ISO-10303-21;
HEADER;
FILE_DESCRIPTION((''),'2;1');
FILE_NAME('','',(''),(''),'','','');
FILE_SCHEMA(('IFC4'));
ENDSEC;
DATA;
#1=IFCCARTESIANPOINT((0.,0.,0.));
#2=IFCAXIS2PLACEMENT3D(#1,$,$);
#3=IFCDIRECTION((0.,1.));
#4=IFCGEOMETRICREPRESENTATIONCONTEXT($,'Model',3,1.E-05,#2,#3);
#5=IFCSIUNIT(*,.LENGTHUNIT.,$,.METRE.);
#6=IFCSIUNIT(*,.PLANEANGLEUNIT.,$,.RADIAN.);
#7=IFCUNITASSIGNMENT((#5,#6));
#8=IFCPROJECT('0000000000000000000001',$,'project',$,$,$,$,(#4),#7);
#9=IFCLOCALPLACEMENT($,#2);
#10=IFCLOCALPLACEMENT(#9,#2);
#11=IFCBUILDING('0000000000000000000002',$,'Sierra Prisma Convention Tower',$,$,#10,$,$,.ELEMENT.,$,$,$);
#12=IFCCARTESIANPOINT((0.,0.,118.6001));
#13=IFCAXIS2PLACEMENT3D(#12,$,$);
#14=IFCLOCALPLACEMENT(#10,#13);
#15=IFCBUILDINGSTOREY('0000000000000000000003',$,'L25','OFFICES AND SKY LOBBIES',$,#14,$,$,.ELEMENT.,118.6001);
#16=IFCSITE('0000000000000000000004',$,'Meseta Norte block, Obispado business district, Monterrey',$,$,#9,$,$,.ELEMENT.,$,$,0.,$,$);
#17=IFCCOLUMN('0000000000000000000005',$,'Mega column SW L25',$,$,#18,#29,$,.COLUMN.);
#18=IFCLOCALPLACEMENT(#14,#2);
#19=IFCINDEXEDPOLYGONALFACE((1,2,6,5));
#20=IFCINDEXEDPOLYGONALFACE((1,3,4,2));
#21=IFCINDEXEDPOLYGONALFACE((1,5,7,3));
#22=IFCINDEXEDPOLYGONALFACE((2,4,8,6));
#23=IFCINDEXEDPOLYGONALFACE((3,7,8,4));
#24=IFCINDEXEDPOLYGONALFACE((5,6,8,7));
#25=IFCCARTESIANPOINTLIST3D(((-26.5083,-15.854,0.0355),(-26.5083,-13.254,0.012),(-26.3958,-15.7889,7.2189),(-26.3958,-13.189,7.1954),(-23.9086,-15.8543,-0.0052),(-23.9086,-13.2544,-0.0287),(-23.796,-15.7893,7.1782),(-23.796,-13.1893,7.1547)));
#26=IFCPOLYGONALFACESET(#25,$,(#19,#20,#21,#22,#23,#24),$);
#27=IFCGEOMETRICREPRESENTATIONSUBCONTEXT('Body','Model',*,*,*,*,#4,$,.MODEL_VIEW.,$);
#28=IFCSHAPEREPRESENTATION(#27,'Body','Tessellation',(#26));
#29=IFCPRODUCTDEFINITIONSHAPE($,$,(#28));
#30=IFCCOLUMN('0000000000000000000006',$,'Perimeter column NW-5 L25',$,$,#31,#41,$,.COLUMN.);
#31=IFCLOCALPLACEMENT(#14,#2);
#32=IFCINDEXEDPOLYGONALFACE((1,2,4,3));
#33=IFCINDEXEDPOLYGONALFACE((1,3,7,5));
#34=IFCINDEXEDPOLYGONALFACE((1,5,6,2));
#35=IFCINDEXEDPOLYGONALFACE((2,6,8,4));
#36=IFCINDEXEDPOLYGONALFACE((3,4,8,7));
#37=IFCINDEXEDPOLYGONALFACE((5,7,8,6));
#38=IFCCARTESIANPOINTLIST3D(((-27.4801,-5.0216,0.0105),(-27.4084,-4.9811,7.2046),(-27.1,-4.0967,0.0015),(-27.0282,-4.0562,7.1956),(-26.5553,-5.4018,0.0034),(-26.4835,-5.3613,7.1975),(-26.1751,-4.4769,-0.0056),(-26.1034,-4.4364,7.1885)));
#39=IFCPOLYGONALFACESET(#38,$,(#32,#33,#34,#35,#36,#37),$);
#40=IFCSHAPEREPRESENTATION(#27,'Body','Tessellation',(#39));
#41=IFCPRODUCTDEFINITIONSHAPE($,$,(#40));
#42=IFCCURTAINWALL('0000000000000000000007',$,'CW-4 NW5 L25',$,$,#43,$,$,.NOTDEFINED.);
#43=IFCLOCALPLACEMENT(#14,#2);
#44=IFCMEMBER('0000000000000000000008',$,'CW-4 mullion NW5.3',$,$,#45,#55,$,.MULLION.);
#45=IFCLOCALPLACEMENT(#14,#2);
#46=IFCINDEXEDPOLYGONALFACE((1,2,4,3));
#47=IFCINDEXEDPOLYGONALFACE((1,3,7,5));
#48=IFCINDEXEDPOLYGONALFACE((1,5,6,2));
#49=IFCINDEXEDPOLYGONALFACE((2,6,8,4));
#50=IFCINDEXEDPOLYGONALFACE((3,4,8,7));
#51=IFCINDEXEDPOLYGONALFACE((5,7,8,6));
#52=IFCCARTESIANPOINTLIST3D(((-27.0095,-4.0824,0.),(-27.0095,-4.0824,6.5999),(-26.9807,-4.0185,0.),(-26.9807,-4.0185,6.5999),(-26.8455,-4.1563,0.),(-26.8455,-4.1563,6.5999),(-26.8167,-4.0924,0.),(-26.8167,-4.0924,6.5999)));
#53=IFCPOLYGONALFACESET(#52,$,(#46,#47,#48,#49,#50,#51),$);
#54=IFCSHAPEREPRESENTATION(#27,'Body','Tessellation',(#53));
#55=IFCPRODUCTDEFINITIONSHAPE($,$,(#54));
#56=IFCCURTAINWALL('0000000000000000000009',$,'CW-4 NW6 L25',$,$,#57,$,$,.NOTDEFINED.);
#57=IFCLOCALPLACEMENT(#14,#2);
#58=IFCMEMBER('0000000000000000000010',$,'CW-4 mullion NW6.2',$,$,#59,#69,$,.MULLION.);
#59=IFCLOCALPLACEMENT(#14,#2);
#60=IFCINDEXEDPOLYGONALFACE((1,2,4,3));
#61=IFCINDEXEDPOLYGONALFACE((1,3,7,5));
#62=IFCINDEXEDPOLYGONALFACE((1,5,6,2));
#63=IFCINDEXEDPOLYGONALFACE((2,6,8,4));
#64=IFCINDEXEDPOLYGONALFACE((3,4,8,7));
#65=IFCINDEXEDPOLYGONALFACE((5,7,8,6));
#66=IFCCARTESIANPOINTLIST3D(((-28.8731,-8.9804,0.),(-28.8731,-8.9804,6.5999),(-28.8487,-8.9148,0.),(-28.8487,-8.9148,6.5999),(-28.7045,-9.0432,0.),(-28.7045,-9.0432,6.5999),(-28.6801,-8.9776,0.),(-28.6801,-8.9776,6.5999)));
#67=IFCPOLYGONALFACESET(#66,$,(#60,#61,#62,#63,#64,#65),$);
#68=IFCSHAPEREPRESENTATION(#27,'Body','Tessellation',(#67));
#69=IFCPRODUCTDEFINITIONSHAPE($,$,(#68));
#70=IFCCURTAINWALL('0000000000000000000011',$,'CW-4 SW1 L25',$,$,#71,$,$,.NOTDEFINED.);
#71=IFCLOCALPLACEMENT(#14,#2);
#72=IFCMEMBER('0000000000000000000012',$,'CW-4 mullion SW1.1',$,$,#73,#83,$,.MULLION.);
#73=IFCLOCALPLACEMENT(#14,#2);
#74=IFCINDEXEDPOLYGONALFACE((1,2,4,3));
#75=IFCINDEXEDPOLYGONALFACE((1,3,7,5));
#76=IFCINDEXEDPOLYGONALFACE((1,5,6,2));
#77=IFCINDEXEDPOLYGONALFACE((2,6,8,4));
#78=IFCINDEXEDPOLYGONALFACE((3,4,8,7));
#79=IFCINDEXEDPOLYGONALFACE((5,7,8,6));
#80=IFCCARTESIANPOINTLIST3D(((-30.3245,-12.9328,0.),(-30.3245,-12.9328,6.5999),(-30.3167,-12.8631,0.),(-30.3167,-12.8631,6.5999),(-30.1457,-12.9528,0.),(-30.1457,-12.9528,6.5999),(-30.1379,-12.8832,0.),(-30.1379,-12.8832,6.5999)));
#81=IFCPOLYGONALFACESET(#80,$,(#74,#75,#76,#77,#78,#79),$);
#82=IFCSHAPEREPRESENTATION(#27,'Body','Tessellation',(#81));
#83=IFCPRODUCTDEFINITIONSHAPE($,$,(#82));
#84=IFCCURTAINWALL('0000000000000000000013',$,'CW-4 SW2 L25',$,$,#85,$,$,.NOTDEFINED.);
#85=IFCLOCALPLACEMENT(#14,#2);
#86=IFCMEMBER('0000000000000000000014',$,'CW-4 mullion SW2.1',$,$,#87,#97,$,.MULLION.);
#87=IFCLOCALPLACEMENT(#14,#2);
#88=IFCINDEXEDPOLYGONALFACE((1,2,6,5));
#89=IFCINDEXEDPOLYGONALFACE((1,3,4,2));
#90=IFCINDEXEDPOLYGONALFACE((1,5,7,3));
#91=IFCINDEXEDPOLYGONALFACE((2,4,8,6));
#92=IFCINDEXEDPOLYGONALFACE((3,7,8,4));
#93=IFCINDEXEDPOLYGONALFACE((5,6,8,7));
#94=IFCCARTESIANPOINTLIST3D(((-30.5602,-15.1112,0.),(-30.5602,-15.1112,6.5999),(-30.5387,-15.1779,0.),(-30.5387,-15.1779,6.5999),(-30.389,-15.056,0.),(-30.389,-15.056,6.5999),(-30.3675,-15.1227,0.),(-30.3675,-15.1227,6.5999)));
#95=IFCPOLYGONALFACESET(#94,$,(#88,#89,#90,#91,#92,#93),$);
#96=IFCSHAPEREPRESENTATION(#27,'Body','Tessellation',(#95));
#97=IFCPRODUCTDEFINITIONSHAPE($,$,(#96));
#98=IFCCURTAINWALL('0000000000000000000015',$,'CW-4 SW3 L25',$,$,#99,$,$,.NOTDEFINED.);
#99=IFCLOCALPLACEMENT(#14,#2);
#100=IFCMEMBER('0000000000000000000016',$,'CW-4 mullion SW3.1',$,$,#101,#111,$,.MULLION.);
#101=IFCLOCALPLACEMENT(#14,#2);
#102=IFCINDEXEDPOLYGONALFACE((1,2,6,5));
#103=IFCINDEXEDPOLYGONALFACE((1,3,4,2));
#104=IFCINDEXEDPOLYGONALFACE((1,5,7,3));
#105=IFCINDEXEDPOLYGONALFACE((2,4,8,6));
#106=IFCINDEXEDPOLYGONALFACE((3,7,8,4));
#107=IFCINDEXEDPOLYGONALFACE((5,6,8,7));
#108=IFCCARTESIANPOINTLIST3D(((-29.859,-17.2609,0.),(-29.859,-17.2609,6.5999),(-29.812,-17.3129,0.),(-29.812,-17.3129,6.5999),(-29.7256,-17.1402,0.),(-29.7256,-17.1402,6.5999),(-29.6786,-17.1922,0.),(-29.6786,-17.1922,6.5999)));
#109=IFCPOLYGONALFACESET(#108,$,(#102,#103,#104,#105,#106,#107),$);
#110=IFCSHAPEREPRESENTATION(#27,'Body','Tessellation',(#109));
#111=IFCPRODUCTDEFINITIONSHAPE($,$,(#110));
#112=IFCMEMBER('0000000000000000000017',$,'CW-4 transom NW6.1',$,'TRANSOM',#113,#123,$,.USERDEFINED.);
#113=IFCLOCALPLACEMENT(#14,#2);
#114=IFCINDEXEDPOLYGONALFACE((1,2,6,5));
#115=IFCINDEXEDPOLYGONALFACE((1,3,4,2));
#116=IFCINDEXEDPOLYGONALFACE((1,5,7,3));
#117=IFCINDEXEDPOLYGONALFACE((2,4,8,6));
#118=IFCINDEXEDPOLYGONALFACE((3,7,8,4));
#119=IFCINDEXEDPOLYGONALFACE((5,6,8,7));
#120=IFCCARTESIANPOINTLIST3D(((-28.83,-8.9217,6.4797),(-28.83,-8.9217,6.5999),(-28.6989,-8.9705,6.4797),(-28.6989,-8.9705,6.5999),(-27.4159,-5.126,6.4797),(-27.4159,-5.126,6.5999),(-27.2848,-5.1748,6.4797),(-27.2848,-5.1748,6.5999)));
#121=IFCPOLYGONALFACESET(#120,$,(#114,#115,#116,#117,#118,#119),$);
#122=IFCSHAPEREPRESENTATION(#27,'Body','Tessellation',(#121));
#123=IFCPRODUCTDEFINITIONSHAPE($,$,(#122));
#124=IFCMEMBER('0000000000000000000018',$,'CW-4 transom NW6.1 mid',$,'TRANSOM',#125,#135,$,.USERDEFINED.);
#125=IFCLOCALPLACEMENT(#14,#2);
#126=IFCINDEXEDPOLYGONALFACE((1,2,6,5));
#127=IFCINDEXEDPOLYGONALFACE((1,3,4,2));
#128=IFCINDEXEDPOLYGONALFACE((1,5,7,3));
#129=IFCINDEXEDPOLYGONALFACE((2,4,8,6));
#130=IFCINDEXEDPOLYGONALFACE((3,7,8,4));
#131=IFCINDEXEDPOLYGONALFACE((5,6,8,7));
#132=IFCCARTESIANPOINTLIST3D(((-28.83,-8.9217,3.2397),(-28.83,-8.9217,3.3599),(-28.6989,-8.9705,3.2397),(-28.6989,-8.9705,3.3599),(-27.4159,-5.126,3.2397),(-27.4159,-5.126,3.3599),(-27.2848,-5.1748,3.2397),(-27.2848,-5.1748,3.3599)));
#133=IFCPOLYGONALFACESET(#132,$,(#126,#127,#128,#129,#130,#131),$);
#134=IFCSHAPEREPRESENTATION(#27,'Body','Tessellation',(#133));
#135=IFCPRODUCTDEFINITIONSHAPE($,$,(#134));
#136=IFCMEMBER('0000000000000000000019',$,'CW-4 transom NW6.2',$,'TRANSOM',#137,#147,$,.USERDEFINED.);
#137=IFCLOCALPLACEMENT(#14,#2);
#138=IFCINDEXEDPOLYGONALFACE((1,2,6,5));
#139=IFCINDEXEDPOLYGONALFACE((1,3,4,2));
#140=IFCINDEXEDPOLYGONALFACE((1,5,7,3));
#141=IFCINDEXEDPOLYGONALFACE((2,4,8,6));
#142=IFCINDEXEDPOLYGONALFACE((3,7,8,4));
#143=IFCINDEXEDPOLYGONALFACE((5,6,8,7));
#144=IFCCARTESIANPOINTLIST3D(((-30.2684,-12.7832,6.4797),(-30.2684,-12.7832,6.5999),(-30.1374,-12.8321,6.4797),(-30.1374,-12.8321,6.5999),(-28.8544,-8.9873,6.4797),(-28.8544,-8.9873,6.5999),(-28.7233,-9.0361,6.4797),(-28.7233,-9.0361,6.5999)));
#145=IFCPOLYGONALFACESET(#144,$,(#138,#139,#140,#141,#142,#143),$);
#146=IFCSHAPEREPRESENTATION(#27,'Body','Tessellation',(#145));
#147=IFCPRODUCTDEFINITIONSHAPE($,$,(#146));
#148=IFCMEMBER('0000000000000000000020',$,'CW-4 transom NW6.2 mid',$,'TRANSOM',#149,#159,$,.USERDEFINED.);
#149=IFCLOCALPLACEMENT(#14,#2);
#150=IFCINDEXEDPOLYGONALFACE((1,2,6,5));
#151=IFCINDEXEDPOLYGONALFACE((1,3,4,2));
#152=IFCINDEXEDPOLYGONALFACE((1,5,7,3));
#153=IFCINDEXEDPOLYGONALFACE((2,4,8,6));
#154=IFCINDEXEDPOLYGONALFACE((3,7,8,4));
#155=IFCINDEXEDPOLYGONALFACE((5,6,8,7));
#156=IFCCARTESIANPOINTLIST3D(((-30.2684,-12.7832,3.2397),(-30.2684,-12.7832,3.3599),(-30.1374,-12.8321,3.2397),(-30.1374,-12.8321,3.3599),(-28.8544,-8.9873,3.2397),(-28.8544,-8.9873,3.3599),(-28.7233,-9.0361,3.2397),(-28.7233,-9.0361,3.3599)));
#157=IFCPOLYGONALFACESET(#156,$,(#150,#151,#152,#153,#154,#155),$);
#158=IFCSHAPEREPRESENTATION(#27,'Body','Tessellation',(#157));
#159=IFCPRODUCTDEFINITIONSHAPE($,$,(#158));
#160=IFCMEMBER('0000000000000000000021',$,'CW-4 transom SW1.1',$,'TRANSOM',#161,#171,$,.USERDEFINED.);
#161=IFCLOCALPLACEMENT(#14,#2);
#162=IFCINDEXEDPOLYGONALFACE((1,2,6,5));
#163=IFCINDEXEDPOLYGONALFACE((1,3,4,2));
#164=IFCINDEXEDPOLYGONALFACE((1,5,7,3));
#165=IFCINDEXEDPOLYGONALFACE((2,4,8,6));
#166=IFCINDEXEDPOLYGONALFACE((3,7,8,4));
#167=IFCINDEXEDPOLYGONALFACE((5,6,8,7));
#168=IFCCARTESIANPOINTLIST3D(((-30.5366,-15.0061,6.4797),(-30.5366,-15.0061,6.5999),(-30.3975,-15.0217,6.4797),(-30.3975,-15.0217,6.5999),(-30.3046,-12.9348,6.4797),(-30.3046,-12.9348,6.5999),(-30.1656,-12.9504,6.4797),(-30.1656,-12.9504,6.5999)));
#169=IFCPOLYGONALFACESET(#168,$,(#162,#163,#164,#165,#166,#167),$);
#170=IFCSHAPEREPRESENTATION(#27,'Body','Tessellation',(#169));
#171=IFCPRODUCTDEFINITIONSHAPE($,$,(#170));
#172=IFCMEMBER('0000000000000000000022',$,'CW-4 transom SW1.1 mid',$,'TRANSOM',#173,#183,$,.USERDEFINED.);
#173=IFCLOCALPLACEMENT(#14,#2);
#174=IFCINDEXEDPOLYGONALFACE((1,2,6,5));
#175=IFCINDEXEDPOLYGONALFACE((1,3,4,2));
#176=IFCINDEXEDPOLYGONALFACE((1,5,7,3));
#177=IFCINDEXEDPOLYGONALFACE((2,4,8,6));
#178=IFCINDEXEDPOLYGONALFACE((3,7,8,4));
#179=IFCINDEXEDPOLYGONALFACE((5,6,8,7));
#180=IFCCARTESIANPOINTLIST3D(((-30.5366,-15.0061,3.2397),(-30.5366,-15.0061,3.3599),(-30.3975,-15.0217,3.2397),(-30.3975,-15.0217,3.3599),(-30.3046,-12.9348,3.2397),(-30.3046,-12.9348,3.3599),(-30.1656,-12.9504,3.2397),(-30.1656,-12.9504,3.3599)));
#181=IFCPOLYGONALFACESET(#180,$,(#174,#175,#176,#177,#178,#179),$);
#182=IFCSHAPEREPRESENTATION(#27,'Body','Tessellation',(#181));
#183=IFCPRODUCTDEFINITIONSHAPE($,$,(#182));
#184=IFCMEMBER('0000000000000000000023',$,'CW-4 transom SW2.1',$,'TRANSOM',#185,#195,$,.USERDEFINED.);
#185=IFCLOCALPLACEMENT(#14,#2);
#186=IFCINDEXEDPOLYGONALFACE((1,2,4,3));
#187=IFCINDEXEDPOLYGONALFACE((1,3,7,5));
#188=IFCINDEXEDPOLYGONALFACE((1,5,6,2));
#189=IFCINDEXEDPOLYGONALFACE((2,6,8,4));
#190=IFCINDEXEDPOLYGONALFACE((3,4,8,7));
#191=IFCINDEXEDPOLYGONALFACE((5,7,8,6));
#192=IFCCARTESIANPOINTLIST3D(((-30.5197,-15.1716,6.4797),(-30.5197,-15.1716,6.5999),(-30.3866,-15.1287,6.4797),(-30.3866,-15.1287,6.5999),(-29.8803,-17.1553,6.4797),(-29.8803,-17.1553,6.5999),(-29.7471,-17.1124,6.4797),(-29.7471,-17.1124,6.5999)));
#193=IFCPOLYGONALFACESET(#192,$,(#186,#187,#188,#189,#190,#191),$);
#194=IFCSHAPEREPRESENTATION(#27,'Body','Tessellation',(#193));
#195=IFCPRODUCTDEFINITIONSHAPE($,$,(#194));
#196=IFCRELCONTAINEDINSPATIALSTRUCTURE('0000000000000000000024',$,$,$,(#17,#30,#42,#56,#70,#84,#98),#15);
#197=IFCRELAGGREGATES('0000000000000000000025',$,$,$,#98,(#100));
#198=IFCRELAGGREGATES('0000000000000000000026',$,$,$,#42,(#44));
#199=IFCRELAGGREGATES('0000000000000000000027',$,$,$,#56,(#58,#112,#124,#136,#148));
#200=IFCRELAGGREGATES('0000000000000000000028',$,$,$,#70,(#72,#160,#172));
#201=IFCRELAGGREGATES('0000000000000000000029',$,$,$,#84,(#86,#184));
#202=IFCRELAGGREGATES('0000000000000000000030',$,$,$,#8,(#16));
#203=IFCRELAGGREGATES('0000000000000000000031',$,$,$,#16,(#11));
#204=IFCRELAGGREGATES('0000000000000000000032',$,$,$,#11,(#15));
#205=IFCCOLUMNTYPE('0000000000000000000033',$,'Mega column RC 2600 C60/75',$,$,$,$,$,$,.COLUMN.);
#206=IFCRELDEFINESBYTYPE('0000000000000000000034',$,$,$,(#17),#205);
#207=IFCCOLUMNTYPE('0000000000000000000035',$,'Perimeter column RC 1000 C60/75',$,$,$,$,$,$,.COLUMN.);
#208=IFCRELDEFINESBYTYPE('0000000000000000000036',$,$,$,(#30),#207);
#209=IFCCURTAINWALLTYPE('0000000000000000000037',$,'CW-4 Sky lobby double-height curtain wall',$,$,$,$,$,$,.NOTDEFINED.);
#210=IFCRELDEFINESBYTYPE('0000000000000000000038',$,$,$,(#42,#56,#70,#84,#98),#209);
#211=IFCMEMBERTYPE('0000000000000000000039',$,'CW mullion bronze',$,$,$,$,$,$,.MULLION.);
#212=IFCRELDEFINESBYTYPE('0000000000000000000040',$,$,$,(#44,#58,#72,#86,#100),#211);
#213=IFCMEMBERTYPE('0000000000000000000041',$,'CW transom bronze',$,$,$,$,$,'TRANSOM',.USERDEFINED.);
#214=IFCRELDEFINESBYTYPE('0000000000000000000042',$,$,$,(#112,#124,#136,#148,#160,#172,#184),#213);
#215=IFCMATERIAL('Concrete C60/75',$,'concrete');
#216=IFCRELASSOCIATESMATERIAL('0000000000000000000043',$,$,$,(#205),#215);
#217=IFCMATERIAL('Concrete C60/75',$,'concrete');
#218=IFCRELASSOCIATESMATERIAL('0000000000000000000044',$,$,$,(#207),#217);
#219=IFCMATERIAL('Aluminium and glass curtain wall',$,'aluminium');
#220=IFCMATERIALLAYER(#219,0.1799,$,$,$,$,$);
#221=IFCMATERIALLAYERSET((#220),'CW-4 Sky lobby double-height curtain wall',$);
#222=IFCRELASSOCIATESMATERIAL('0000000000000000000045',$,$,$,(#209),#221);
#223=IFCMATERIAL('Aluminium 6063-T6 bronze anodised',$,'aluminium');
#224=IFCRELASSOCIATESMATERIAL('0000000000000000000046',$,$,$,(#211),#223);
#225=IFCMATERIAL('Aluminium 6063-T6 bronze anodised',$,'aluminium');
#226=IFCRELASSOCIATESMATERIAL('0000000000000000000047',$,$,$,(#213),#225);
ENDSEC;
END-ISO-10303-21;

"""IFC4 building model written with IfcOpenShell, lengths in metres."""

from ifc_helpers import new_model, si_unit, direction, frame, origin, origin_2d, place, context, subcontext, project, spatial, rectangle, extrude, clip, halfspace, material, layer, layer_set, material_profile, profile_set, type_object, element, aggregate, save


model = new_model("IFC4")

# Units and contexts
model_context = context("Model", 3, precision=1e-05, world=origin(), true_north=direction((0.0, 1.0)))
body_context = subcontext(model_context, "Body", "Model", "MODEL_VIEW")
ifc_project = project(units=[si_unit("LENGTHUNIT", "METRE"), si_unit("PLANEANGLEUNIT", "RADIAN")], contexts=[model_context])

# Site, building, storey
site_placement = place(None, origin())
site = spatial("IfcSite", under=ifc_project, at=site_placement, Name="Meseta Norte block, Obispado business district, Monterrey", CompositionType="ELEMENT", RefElevation=0.0)
building_placement = place(site_placement, origin())
building = spatial("IfcBuilding", under=site, at=building_placement, Name="Sierra Prisma Convention Tower", CompositionType="ELEMENT")
storey_placement = place(building_placement, frame((0.0, 0.0, 118.6001)))
storey = spatial("IfcBuildingStorey", under=building, at=storey_placement, Name="L25", Description="OFFICES AND SKY LOBBIES", CompositionType="ELEMENT", Elevation=118.6001)

# Columns
ifc_material_1 = material(Name="Concrete C60/75", Category="concrete")
ifc_material_profile_1 = material_profile(ifc_material_1, rectangle(XDim=2.6001, YDim=2.6001, at=origin_2d()), Name="Mega column RC 2600 C60/75")
ifc_profile_set_1 = profile_set([ifc_material_profile_1], Name="Concrete C60/75")
column_type_1 = type_object("IfcColumnType", Name="Mega column RC 2600 C60/75", PredefinedType="COLUMN", material=ifc_profile_set_1)
column_1_placement = place(storey_placement, frame((-25.2085, -14.5542, 0.0), z_axis=(0.015663, 0.009052, 0.999836), x_axis=(0.999877, -0.000142, -0.015663)))
element("IfcColumn", 1, at=column_1_placement, inside=storey, type_object=column_type_1, Name="Mega column SW L25", PredefinedType="COLUMN", context=body_context, shape_type="SweptSolid", body=[
    clip(clip(extrude(rectangle(XDim=2.6001, YDim=2.6001, at=origin_2d()), origin(), (0.0, 0.0, 1.0), 7.2012), halfspace(frame((0.0, 0.0, 0.0034)), True)), halfspace(frame((0.0, 0.0, 7.188)), False)),
])
ifc_material_2 = material(Name="Concrete C60/75", Category="concrete")
ifc_material_profile_2 = material_profile(ifc_material_2, rectangle(XDim=1.0, YDim=1.0, at=origin_2d()), Name="Perimeter column RC 1000 C60/75")
ifc_profile_set_2 = profile_set([ifc_material_profile_2], Name="Concrete C60/75")
column_type_2 = type_object("IfcColumnType", Name="Perimeter column RC 1000 C60/75", PredefinedType="COLUMN", material=ifc_profile_set_2)
column_2_placement = place(storey_placement, frame((-26.8276, -4.7493, 0.0), z_axis=(0.009968, 0.005628, 0.999934), x_axis=(0.380162, 0.924876, -0.008996)))
element("IfcColumn", 2, at=column_2_placement, inside=storey, type_object=column_type_2, Name="Perimeter column NW-5 L25", PredefinedType="COLUMN", context=body_context, shape_type="SweptSolid", body=[
    clip(clip(extrude(rectangle(XDim=1.0, YDim=1.0, at=origin_2d()), origin(), (0.0, 0.0, 1.0), 7.2004), halfspace(frame((0.0, 0.0, 0.0024)), True)), halfspace(frame((0.0, 0.0, 7.197)), False)),
])

# Curtain walls, members
ifc_material_3 = material(Name="Aluminium and glass curtain wall", Category="aluminium")
ifc_layer_1 = layer(ifc_material_3, 0.1799)
ifc_layer_set_1 = layer_set([ifc_layer_1], Name="CW-4 Sky lobby double-height curtain wall")
curtain_wall_type = type_object("IfcCurtainWallType", Name="CW-4 Sky lobby double-height curtain wall", PredefinedType="NOTDEFINED", material=ifc_layer_set_1)
curtain_wall_1_placement = place(storey_placement, origin())
curtain_wall_1 = element("IfcCurtainWall", 3, at=curtain_wall_1_placement, inside=storey, type_object=curtain_wall_type, Name="CW-4 NW5 L25", PredefinedType="NOTDEFINED")
ifc_material_4 = material(Name="Aluminium 6063-T6 bronze anodised", Category="aluminium")
ifc_material_profile_3 = material_profile(ifc_material_4, rectangle(XDim=0.1799, YDim=0.0701, at=origin_2d()), Name="ALU MULLION 70x180")
ifc_profile_set_3 = profile_set([ifc_material_profile_3], Name="Aluminium 6063-T6 bronze anodised")
member_type_1 = type_object("IfcMemberType", Name="CW mullion bronze", PredefinedType="MULLION", material=ifc_profile_set_3)
member_1_placement = place(storey_placement, frame((-26.9131, -4.0874, 0.0), z_axis=(0.0, 0.0, 1.0), x_axis=(0.9117, -0.410857, 0.0)))
member_1 = element("IfcMember", 4, at=member_1_placement, type_object=member_type_1, Name="CW-4 mullion NW5.3", PredefinedType="MULLION", context=body_context, shape_type="SweptSolid", body=[
    extrude(rectangle(XDim=0.1799, YDim=0.0701, at=origin_2d()), origin(), (0.0, 0.0, 1.0), 6.5999),
])
curtain_wall_2_placement = place(storey_placement, origin())
curtain_wall_2 = element("IfcCurtainWall", 5, at=curtain_wall_2_placement, inside=storey, type_object=curtain_wall_type, Name="CW-4 NW6 L25", PredefinedType="NOTDEFINED")
member_2_placement = place(storey_placement, frame((-28.7766, -8.979, 0.0), z_axis=(0.0, 0.0, 1.0), x_axis=(0.937092, -0.349082, 0.0)))
member_2 = element("IfcMember", 6, at=member_2_placement, type_object=member_type_1, Name="CW-4 mullion NW6.2", PredefinedType="MULLION", context=body_context, shape_type="SweptSolid", body=[
    extrude(rectangle(XDim=0.1799, YDim=0.0701, at=origin_2d()), origin(), (0.0, 0.0, 1.0), 6.5999),
])
curtain_wall_3_placement = place(storey_placement, origin())
curtain_wall_3 = element("IfcCurtainWall", 7, at=curtain_wall_3_placement, inside=storey, type_object=curtain_wall_type, Name="CW-4 SW1 L25", PredefinedType="NOTDEFINED")
member_3_placement = place(storey_placement, frame((-30.2312, -12.908, 0.0), z_axis=(0.0, 0.0, 1.0), x_axis=(0.993791, -0.111262, 0.0)))
member_3 = element("IfcMember", 8, at=member_3_placement, type_object=member_type_1, Name="CW-4 mullion SW1.1", PredefinedType="MULLION", context=body_context, shape_type="SweptSolid", body=[
    extrude(rectangle(XDim=0.1799, YDim=0.0701, at=origin_2d()), origin(), (0.0, 0.0, 1.0), 6.5999),
])
curtain_wall_4_placement = place(storey_placement, origin())
curtain_wall_4 = element("IfcCurtainWall", 9, at=curtain_wall_4_placement, inside=storey, type_object=curtain_wall_type, Name="CW-4 SW2 L25", PredefinedType="NOTDEFINED")
member_4_placement = place(storey_placement, frame((-30.4639, -15.1169, 0.0), z_axis=(0.0, 0.0, 1.0), x_axis=(0.951752, 0.306869, 0.0)))
member_4 = element("IfcMember", 10, at=member_4_placement, type_object=member_type_1, Name="CW-4 mullion SW2.1", PredefinedType="MULLION", context=body_context, shape_type="SweptSolid", body=[
    extrude(rectangle(XDim=0.1799, YDim=0.0701, at=origin_2d()), origin(), (0.0, 0.0, 1.0), 6.5999),
])
curtain_wall_5_placement = place(storey_placement, origin())
curtain_wall_5 = element("IfcCurtainWall", 11, at=curtain_wall_5_placement, inside=storey, type_object=curtain_wall_type, Name="CW-4 SW3 L25", PredefinedType="NOTDEFINED")
member_5_placement = place(storey_placement, frame((-29.7688, -17.2266, 0.0), z_axis=(0.0, 0.0, 1.0), x_axis=(0.741632, 0.670807, 0.0)))
member_5 = element("IfcMember", 12, at=member_5_placement, type_object=member_type_1, Name="CW-4 mullion SW3.1", PredefinedType="MULLION", context=body_context, shape_type="SweptSolid", body=[
    extrude(rectangle(XDim=0.1799, YDim=0.0701, at=origin_2d()), origin(), (0.0, 0.0, 1.0), 6.5999),
])
aggregate(curtain_wall_5, [member_5])

# Members
ifc_material_5 = material(Name="Aluminium 6063-T6 bronze anodised", Category="aluminium")
ifc_material_profile_4 = material_profile(ifc_material_5, rectangle(XDim=0.1399, YDim=0.1201, at=origin_2d()), Name="ALU TRANSOM 120x140")
ifc_profile_set_4 = profile_set([ifc_material_profile_4], Name="Aluminium 6063-T6 bronze anodised")
member_type_2 = type_object("IfcMemberType", Name="CW transom bronze", ElementType="TRANSOM", PredefinedType="USERDEFINED", material=ifc_profile_set_4)
member_6_placement = place(storey_placement, frame((-27.3503, -5.1504, 6.5398), z_axis=(-0.349108, -0.937083, 0.0), x_axis=(0.937083, -0.349108, 0.0)))
member_6 = element("IfcMember", 13, at=member_6_placement, type_object=member_type_2, Name="CW-4 transom NW6.1", ObjectType="TRANSOM", PredefinedType="USERDEFINED", context=body_context, shape_type="SweptSolid", body=[
    extrude(rectangle(XDim=0.1399, YDim=0.1201, at=origin_2d()), origin(), (0.0, 0.0, 1.0), 4.0505),
])
member_7_placement = place(storey_placement, frame((-27.3503, -5.1504, 3.2998), z_axis=(-0.349108, -0.937083, 0.0), x_axis=(0.937083, -0.349108, 0.0)))
member_7 = element("IfcMember", 14, at=member_7_placement, type_object=member_type_2, Name="CW-4 transom NW6.1 mid", ObjectType="TRANSOM", PredefinedType="USERDEFINED", context=body_context, shape_type="SweptSolid", body=[
    extrude(rectangle(XDim=0.1399, YDim=0.1201, at=origin_2d()), origin(), (0.0, 0.0, 1.0), 4.0505),
])
member_8_placement = place(storey_placement, frame((-28.7888, -9.0117, 6.5398), z_axis=(-0.349088, -0.93709, 0.0), x_axis=(0.93709, -0.349088, 0.0)))
member_8 = element("IfcMember", 15, at=member_8_placement, type_object=member_type_2, Name="CW-4 transom NW6.2", ObjectType="TRANSOM", PredefinedType="USERDEFINED", context=body_context, shape_type="SweptSolid", body=[
    extrude(rectangle(XDim=0.1399, YDim=0.1201, at=origin_2d()), origin(), (0.0, 0.0, 1.0), 4.0508),
])
member_9_placement = place(storey_placement, frame((-28.7888, -9.0117, 3.2998), z_axis=(-0.349088, -0.93709, 0.0), x_axis=(0.93709, -0.349088, 0.0)))
member_9 = element("IfcMember", 16, at=member_9_placement, type_object=member_type_2, Name="CW-4 transom NW6.2 mid", ObjectType="TRANSOM", PredefinedType="USERDEFINED", context=body_context, shape_type="SweptSolid", body=[
    extrude(rectangle(XDim=0.1399, YDim=0.1201, at=origin_2d()), origin(), (0.0, 0.0, 1.0), 4.0508),
])
member_10_placement = place(storey_placement, frame((-30.2351, -12.9426, 6.5398), z_axis=(-0.11128, -0.993789, 0.0), x_axis=(0.993789, -0.11128, 0.0)))
member_10 = element("IfcMember", 17, at=member_10_placement, type_object=member_type_2, Name="CW-4 transom SW1.1", ObjectType="TRANSOM", PredefinedType="USERDEFINED", context=body_context, shape_type="SweptSolid", body=[
    extrude(rectangle(XDim=0.1399, YDim=0.1201, at=origin_2d()), origin(), (0.0, 0.0, 1.0), 2.0842),
])
member_11_placement = place(storey_placement, frame((-30.2351, -12.9426, 3.2998), z_axis=(-0.11128, -0.993789, 0.0), x_axis=(0.993789, -0.11128, 0.0)))
member_11 = element("IfcMember", 18, at=member_11_placement, type_object=member_type_2, Name="CW-4 transom SW1.1 mid", ObjectType="TRANSOM", PredefinedType="USERDEFINED", context=body_context, shape_type="SweptSolid", body=[
    extrude(rectangle(XDim=0.1399, YDim=0.1201, at=origin_2d()), origin(), (0.0, 0.0, 1.0), 2.0842),
])
member_12_placement = place(storey_placement, frame((-30.4531, -15.1501, 6.5398), z_axis=(0.306794, -0.951776, 0.0), x_axis=(0.951776, 0.306794, 0.0)))
member_12 = element("IfcMember", 19, at=member_12_placement, type_object=member_type_2, Name="CW-4 transom SW2.1", ObjectType="TRANSOM", PredefinedType="USERDEFINED", context=body_context, shape_type="SweptSolid", body=[
    extrude(rectangle(XDim=0.1399, YDim=0.1201, at=origin_2d()), origin(), (0.0, 0.0, 1.0), 2.0842),
])

aggregate(curtain_wall_1, [member_1])
aggregate(curtain_wall_2, [member_2, member_6, member_7, member_8, member_9])
aggregate(curtain_wall_3, [member_3, member_10, member_11])
aggregate(curtain_wall_4, [member_4, member_12])

save(model, "model.ifc")
